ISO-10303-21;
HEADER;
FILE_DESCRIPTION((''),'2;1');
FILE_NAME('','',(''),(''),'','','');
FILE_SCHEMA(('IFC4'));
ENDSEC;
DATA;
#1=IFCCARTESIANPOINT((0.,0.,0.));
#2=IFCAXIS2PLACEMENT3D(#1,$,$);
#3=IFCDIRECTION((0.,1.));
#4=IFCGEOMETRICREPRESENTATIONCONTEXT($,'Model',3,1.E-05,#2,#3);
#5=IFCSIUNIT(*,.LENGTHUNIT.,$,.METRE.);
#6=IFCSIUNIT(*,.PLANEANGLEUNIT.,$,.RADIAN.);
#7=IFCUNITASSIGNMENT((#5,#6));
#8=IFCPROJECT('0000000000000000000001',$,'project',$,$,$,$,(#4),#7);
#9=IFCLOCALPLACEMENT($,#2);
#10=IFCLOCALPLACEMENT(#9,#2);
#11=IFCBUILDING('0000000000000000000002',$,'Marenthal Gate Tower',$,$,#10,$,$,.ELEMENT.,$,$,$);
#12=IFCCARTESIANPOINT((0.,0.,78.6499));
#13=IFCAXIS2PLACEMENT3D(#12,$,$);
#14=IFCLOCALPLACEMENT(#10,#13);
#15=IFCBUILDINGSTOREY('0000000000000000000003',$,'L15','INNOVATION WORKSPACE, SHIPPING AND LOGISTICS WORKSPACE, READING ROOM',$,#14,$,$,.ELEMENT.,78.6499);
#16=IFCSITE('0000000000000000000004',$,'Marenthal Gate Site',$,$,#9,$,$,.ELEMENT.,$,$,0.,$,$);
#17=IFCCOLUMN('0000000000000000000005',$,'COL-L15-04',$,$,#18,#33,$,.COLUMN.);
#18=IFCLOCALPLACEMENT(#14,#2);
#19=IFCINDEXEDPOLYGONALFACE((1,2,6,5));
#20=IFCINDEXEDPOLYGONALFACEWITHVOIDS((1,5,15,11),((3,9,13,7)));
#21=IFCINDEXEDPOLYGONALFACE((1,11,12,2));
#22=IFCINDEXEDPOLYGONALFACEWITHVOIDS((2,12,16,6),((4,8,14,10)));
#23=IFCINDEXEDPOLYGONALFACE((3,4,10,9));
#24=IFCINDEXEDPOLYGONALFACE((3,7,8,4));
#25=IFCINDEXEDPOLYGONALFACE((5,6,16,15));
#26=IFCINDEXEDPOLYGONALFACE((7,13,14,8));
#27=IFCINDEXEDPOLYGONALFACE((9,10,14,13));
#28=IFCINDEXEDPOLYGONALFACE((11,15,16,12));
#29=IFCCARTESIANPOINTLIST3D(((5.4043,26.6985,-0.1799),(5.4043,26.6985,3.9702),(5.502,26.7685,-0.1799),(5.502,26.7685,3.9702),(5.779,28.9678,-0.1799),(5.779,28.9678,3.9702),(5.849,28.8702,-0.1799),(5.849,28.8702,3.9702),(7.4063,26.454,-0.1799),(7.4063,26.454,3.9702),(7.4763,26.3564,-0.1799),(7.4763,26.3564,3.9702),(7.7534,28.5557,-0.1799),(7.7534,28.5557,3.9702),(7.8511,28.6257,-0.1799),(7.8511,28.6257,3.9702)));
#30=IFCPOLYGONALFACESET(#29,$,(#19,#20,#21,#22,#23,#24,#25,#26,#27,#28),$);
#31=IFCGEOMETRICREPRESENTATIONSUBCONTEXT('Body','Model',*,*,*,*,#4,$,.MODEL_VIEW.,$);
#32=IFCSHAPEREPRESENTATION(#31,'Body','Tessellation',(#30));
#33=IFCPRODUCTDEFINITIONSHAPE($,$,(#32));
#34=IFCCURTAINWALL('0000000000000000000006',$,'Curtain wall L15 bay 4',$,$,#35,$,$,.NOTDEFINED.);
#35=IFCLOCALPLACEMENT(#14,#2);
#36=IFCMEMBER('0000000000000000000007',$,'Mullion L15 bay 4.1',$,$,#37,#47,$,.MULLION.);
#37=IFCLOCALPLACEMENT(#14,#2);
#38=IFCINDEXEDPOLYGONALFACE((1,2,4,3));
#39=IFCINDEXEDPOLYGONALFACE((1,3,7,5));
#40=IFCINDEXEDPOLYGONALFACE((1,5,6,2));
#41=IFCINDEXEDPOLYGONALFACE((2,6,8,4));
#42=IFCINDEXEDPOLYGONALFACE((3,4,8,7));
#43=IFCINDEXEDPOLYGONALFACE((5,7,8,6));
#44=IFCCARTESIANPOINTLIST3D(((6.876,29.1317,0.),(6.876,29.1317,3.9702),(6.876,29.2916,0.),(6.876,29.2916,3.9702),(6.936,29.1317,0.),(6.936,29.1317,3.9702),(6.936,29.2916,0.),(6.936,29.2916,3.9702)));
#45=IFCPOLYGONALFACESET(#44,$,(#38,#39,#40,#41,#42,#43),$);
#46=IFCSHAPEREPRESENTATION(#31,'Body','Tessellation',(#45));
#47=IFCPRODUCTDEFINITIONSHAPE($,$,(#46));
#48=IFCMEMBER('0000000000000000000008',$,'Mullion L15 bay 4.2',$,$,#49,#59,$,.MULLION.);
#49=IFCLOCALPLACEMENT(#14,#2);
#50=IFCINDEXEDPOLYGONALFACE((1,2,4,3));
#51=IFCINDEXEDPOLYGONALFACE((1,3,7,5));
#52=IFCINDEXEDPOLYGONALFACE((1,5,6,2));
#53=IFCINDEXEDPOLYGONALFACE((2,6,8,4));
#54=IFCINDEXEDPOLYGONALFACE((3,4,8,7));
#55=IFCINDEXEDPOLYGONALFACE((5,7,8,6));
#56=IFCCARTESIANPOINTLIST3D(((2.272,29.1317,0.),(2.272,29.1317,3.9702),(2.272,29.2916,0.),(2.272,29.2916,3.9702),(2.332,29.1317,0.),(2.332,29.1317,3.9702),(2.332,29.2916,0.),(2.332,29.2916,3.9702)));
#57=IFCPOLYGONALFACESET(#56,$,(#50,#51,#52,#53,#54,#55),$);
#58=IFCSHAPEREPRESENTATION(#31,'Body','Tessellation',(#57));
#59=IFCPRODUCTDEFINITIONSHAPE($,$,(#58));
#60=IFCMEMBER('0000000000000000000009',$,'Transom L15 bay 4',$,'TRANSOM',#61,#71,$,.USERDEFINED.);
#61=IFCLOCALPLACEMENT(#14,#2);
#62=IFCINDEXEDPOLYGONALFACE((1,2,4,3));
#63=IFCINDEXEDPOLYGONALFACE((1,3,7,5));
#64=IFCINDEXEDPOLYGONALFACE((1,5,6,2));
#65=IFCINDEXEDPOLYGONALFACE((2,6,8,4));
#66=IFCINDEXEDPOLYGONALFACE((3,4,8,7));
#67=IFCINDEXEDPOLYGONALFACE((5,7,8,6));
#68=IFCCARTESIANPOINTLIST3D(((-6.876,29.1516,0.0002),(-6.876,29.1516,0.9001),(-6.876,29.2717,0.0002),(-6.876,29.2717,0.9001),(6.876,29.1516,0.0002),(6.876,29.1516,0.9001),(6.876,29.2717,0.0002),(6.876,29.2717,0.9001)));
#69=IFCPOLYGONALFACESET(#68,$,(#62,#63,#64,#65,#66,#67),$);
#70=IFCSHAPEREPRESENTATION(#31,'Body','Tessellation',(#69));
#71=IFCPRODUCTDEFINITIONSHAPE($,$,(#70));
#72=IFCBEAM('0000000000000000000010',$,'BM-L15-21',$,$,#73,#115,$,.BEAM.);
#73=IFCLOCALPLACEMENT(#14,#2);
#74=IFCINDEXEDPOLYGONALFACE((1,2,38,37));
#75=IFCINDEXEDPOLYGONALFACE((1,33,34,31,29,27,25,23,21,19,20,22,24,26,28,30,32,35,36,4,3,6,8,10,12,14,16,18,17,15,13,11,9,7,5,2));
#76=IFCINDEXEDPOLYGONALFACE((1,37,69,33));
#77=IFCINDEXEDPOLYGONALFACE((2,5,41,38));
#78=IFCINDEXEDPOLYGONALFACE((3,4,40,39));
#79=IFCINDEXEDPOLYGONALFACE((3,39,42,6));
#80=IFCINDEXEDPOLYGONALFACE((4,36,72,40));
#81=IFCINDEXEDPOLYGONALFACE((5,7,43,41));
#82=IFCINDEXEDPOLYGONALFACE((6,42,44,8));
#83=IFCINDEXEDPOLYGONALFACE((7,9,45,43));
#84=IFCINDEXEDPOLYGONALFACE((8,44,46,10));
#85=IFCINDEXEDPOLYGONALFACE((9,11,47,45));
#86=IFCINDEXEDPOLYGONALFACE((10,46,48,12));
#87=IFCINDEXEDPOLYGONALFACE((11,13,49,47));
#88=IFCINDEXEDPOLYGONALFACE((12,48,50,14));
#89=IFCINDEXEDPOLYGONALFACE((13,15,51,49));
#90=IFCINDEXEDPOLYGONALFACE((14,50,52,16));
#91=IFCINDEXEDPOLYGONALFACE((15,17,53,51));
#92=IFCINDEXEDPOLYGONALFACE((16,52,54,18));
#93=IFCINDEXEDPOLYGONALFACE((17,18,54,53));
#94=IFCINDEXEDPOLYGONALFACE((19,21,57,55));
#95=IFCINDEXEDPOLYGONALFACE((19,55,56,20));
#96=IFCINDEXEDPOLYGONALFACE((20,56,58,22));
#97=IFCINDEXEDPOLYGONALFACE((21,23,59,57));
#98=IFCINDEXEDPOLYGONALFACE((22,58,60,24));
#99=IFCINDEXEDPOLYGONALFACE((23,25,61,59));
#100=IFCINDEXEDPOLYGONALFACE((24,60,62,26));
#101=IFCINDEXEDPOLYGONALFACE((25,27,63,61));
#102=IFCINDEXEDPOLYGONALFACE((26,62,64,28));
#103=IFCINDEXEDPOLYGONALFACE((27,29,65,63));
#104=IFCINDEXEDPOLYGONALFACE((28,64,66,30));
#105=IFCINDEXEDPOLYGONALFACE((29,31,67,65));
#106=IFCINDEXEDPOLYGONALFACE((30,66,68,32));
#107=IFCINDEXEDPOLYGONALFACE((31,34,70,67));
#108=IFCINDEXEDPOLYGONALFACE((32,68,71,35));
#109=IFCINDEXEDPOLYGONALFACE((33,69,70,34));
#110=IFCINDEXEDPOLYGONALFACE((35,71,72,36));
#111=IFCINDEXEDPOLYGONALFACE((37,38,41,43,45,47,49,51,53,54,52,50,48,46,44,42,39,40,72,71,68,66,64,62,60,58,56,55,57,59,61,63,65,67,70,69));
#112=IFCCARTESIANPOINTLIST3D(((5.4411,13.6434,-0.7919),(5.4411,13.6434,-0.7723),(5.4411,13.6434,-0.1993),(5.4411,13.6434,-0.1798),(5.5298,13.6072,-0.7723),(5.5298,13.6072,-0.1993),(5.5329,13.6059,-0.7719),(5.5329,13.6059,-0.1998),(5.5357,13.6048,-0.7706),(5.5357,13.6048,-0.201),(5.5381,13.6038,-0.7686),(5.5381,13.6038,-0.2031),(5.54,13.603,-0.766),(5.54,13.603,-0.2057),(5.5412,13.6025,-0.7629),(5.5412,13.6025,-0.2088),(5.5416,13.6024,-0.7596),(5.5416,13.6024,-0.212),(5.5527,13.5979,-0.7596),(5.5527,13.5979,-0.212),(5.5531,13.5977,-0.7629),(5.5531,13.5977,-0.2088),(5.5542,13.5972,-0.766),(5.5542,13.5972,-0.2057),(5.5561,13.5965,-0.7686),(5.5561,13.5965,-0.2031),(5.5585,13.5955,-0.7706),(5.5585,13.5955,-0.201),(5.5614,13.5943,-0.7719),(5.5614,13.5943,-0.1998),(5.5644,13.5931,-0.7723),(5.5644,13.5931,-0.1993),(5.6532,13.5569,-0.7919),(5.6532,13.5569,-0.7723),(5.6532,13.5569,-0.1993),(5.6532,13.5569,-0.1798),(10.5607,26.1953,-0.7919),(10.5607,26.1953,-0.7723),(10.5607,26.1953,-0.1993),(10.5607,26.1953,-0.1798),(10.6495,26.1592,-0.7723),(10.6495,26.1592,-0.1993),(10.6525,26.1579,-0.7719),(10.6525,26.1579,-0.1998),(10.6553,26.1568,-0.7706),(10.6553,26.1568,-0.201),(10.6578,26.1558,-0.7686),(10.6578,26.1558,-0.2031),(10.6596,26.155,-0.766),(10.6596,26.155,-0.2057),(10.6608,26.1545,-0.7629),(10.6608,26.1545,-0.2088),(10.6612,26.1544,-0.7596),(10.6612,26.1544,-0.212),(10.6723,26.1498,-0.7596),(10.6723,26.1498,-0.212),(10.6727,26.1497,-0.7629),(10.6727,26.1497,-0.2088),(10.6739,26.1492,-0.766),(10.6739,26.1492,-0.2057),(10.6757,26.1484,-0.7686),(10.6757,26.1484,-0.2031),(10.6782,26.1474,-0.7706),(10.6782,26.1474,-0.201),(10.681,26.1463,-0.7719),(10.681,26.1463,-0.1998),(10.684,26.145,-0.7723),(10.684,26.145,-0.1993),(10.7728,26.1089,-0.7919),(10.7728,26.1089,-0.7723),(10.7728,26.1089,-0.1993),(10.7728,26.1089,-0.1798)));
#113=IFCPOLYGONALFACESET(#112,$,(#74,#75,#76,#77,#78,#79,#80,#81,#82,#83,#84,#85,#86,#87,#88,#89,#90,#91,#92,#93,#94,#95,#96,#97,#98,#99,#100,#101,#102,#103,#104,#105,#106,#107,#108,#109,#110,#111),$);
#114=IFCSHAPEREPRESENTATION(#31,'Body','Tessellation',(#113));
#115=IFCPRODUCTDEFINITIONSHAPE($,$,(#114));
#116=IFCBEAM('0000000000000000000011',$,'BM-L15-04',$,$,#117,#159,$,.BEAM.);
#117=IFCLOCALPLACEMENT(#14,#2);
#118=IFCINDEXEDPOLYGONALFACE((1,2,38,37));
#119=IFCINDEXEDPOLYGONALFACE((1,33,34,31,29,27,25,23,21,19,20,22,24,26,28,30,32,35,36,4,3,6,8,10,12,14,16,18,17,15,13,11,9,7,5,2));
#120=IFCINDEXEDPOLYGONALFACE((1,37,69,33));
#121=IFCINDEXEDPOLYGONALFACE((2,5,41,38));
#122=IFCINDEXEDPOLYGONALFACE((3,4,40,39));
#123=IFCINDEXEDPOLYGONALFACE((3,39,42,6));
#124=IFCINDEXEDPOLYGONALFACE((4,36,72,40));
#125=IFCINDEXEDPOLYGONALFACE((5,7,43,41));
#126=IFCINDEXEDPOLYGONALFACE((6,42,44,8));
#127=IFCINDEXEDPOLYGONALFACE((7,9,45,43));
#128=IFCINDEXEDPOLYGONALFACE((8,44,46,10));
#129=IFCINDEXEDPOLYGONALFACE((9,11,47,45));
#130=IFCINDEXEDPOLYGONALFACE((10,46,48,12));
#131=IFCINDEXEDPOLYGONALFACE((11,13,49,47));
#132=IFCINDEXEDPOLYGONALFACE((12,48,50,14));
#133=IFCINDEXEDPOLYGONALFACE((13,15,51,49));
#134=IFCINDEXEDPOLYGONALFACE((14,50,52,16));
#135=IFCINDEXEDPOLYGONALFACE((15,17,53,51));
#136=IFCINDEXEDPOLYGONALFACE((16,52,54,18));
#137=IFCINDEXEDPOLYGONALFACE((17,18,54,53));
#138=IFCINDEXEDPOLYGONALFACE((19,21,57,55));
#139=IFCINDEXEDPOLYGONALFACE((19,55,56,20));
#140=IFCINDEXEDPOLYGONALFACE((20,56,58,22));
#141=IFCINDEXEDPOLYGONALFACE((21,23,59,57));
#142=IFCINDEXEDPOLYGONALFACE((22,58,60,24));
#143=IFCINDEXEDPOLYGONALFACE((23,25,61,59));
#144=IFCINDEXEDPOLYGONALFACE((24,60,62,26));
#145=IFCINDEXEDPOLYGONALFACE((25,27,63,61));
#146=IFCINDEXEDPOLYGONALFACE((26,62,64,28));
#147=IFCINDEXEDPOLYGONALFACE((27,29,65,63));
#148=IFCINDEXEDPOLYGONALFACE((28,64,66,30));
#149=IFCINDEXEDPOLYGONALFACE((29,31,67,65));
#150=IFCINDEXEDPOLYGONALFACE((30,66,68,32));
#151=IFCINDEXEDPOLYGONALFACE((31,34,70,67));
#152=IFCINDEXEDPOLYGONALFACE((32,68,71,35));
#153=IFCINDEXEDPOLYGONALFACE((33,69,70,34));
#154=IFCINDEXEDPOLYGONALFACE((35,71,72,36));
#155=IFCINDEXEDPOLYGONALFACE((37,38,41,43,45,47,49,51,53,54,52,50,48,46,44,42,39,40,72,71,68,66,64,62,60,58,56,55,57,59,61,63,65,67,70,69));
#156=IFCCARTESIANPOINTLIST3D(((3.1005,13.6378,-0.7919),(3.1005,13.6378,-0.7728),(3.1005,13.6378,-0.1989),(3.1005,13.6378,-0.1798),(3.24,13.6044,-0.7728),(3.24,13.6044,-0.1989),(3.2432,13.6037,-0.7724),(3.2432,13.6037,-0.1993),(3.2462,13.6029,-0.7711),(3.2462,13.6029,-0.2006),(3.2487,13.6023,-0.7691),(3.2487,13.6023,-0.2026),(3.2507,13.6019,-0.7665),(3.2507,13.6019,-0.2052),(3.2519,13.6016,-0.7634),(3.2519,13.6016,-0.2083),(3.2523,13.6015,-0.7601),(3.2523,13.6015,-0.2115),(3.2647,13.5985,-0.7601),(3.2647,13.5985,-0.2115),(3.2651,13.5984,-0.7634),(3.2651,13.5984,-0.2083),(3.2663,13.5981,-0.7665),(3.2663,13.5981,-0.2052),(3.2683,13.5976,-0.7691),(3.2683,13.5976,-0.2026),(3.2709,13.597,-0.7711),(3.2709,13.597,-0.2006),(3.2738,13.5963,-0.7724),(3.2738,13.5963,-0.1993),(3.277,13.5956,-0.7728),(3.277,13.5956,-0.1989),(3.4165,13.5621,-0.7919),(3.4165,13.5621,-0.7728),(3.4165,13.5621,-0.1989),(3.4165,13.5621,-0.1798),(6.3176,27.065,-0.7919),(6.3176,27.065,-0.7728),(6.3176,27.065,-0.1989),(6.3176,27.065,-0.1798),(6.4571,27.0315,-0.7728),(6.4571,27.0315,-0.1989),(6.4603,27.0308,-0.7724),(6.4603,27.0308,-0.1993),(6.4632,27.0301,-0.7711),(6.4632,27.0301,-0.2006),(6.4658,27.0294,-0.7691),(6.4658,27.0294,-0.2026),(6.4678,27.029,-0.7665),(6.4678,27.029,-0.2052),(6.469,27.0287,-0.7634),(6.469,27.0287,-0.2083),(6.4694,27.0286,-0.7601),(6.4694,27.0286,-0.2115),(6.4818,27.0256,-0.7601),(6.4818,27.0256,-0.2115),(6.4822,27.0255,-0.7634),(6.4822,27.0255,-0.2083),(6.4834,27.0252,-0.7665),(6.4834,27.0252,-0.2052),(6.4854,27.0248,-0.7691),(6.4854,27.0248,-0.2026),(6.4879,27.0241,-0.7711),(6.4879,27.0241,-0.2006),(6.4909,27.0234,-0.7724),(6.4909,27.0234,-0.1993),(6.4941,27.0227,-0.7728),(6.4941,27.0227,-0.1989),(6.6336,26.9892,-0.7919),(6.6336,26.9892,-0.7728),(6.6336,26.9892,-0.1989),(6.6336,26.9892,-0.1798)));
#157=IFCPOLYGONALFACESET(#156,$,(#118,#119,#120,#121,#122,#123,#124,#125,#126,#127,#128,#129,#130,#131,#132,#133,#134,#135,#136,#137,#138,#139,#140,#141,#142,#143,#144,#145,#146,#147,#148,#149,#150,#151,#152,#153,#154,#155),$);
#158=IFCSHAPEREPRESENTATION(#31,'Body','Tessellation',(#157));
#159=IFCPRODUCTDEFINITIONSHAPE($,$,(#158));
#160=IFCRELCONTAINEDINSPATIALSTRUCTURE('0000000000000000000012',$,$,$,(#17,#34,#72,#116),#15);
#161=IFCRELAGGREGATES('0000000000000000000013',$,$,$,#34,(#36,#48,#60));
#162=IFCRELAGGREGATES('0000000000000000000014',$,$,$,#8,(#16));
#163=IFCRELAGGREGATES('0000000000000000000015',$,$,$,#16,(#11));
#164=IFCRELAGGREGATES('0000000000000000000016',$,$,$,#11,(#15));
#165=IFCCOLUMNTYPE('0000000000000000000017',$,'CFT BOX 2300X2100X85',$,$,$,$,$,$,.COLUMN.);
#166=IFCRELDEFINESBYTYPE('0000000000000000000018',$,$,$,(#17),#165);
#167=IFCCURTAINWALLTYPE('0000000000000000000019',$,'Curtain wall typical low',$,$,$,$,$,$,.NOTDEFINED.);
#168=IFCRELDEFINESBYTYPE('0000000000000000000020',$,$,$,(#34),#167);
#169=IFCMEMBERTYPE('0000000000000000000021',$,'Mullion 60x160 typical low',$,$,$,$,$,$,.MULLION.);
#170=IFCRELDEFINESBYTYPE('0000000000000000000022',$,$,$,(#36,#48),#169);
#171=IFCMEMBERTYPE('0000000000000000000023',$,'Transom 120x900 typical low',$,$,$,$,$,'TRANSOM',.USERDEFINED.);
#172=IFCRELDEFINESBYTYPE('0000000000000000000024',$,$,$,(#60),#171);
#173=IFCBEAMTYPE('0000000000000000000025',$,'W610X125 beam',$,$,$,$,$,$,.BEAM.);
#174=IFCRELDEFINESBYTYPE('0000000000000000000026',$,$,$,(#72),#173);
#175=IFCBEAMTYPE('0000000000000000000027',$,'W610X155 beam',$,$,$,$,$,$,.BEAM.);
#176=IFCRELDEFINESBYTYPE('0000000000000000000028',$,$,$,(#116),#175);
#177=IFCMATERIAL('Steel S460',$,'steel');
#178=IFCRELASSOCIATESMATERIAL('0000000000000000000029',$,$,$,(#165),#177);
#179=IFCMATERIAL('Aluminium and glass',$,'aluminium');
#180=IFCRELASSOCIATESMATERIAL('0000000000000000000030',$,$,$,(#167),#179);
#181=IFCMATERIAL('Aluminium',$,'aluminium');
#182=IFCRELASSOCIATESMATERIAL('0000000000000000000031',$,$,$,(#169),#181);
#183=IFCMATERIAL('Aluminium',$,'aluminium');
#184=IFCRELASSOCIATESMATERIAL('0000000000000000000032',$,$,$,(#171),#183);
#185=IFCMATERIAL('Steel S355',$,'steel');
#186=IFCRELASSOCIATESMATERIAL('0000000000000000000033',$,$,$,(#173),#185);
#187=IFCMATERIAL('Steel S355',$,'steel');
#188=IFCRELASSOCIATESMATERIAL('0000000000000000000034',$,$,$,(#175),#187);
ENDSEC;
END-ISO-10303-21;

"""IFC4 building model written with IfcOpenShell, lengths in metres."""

from ifc_helpers import new_model, si_unit, direction, frame, origin, origin_2d, place, context, subcontext, project, spatial, rectangle, hollow_rectangle, i_section, extrude, material, material_profile, profile_set, type_object, element, aggregate, save


model = new_model("IFC4")

# Units and contexts
model_context = context("Model", 3, precision=1e-05, world=origin(), true_north=direction((0.0, 1.0)))
body_context = subcontext(model_context, "Body", "Model", "MODEL_VIEW")
ifc_project = project(units=[si_unit("LENGTHUNIT", "METRE"), si_unit("PLANEANGLEUNIT", "RADIAN")], contexts=[model_context])

# Site, building, storey
site_placement = place(None, origin())
site = spatial("IfcSite", under=ifc_project, at=site_placement, Name="Marenthal Gate Site", CompositionType="ELEMENT", RefElevation=0.0)
building_placement = place(site_placement, origin())
building = spatial("IfcBuilding", under=site, at=building_placement, Name="Marenthal Gate Tower", CompositionType="ELEMENT")
storey_placement = place(building_placement, frame((0.0, 0.0, 78.6499)))
storey = spatial("IfcBuildingStorey", under=building, at=storey_placement, Name="L15", Description="INNOVATION WORKSPACE, SHIPPING AND LOGISTICS WORKSPACE, READING ROOM", CompositionType="ELEMENT", Elevation=78.6499)

# Column
ifc_material_1 = material(Name="Steel S460", Category="steel")
ifc_material_profile_1 = material_profile(ifc_material_1, hollow_rectangle(XDim=2.1001, YDim=2.3, WallThickness=0.085, at=origin_2d()), Name="CFT BOX 2300X2100X85")
ifc_material_2 = material(Name="Concrete 70 MPa", Category="concrete")
ifc_material_profile_2 = material_profile(ifc_material_2, rectangle(XDim=1.9299, YDim=2.1299, at=origin_2d()), Name="CFT BOX 2300X2100X85 INFILL")
ifc_profile_set_1 = profile_set([ifc_material_profile_1, ifc_material_profile_2], Name="Steel S460 shell, Concrete 70 MPa infill")
column_type = type_object("IfcColumnType", Name="CFT BOX 2300X2100X85", PredefinedType="COLUMN", material=ifc_profile_set_1)
column_placement = place(storey_placement, frame((6.6277, 27.6621, -0.1799), z_axis=(0.0, 0.0, 1.0), x_axis=(0.986638, -0.162928, 0.0)))
element("IfcColumn", 1, at=column_placement, inside=storey, type_object=column_type, Name="COL-L15-04", PredefinedType="COLUMN", context=body_context, shape_type="SweptSolid", body=[
    extrude(hollow_rectangle(XDim=2.1001, YDim=2.3, WallThickness=0.085, at=origin_2d()), origin(), (0.0, 0.0, 1.0), 4.1501),
])

# Curtain wall, members
ifc_material_3 = material(Name="Aluminium and glass", Category="aluminium")
curtain_wall_type = type_object("IfcCurtainWallType", Name="Curtain wall typical low", PredefinedType="NOTDEFINED", material=ifc_material_3)
curtain_wall_placement = place(storey_placement, origin())
curtain_wall = element("IfcCurtainWall", 2, at=curtain_wall_placement, inside=storey, type_object=curtain_wall_type, Name="Curtain wall L15 bay 4", PredefinedType="NOTDEFINED")
ifc_material_4 = material(Name="Aluminium", Category="aluminium")
ifc_material_profile_3 = material_profile(ifc_material_4, rectangle(XDim=0.1599, YDim=0.0601, at=origin_2d()), Name="60x160 aluminium mullion")
ifc_profile_set_2 = profile_set([ifc_material_profile_3], Name="Aluminium")
member_type_1 = type_object("IfcMemberType", Name="Mullion 60x160 typical low", PredefinedType="MULLION", material=ifc_profile_set_2)
member_1_placement = place(storey_placement, frame((6.906, 29.2117, 0.0), z_axis=(0.0, 0.0, 1.0), x_axis=(0.0, -1.0, 0.0)))
member_1 = element("IfcMember", 3, at=member_1_placement, type_object=member_type_1, Name="Mullion L15 bay 4.1", PredefinedType="MULLION", context=body_context, shape_type="SweptSolid", body=[
    extrude(rectangle(XDim=0.1599, YDim=0.0601, at=origin_2d()), origin(), (0.0, 0.0, 1.0), 3.9702),
])
member_2_placement = place(storey_placement, frame((2.302, 29.2117, 0.0), z_axis=(0.0, 0.0, 1.0), x_axis=(0.0, -1.0, 0.0)))
member_2 = element("IfcMember", 4, at=member_2_placement, type_object=member_type_1, Name="Mullion L15 bay 4.2", PredefinedType="MULLION", context=body_context, shape_type="SweptSolid", body=[
    extrude(rectangle(XDim=0.1599, YDim=0.0601, at=origin_2d()), origin(), (0.0, 0.0, 1.0), 3.9702),
])
ifc_material_5 = material(Name="Aluminium", Category="aluminium")
ifc_material_profile_4 = material_profile(ifc_material_5, rectangle(XDim=0.1201, YDim=0.8999, at=origin_2d()), Name="120x900 aluminium transom")
ifc_profile_set_3 = profile_set([ifc_material_profile_4], Name="Aluminium")
member_type_2 = type_object("IfcMemberType", Name="Transom 120x900 typical low", ElementType="TRANSOM", PredefinedType="USERDEFINED", material=ifc_profile_set_3)
member_3_placement = place(storey_placement, frame((6.876, 29.2117, 0.4502), z_axis=(-1.0, 0.0, 0.0), x_axis=(0.0, -1.0, 0.0)))
member_3 = element("IfcMember", 5, at=member_3_placement, type_object=member_type_2, Name="Transom L15 bay 4", ObjectType="TRANSOM", PredefinedType="USERDEFINED", context=body_context, shape_type="SweptSolid", body=[
    extrude(rectangle(XDim=0.1201, YDim=0.8999, at=origin_2d()), origin(), (0.0, 0.0, 1.0), 13.752),
])

# Beams
ifc_material_6 = material(Name="Steel S355", Category="steel")
ifc_material_profile_5 = material_profile(ifc_material_6, i_section(OverallWidth=0.229, OverallDepth=0.6121, WebThickness=0.012, FlangeThickness=0.0195, FilletRadius=0.0127, at=origin_2d()), Name="W610X125")
ifc_profile_set_4 = profile_set([ifc_material_profile_5], Name="Steel S355")
beam_type_1 = type_object("IfcBeamType", Name="W610X125 beam", PredefinedType="BEAM", material=ifc_profile_set_4)
beam_1_placement = place(storey_placement, frame((10.6667, 26.1521, -0.4858), z_axis=(-0.377667, -0.925941, 0.0), x_axis=(0.925941, -0.377667, 0.0)))
element("IfcBeam", 6, at=beam_1_placement, inside=storey, type_object=beam_type_1, Name="BM-L15-21", PredefinedType="BEAM", context=body_context, shape_type="SweptSolid", body=[
    extrude(i_section(OverallWidth=0.229, OverallDepth=0.6121, WebThickness=0.012, FlangeThickness=0.0195, FilletRadius=0.0127, at=origin_2d()), origin(), (0.0, 0.0, 1.0), 13.5559),
])
ifc_material_7 = material(Name="Steel S355", Category="steel")
ifc_material_profile_6 = material_profile(ifc_material_7, i_section(OverallWidth=0.325, OverallDepth=0.6121, WebThickness=0.0127, FlangeThickness=0.019, FilletRadius=0.0127, at=origin_2d()), Name="W610X155")
ifc_profile_set_5 = profile_set([ifc_material_profile_6], Name="Steel S355")
beam_type_2 = type_object("IfcBeamType", Name="W610X155 beam", PredefinedType="BEAM", material=ifc_profile_set_5)
beam_2_placement = place(storey_placement, frame((6.4756, 27.0271, -0.4858), z_axis=(-0.233, -0.972477, 0.0), x_axis=(0.972477, -0.233, 0.0)))
element("IfcBeam", 7, at=beam_2_placement, inside=storey, type_object=beam_type_2, Name="BM-L15-04", PredefinedType="BEAM", context=body_context, shape_type="SweptSolid", body=[
    extrude(i_section(OverallWidth=0.325, OverallDepth=0.6121, WebThickness=0.0127, FlangeThickness=0.019, FilletRadius=0.0127, at=origin_2d()), origin(), (0.0, 0.0, 1.0), 13.8071),
])

aggregate(curtain_wall, [member_1, member_2, member_3])

save(model, "model.ifc")
